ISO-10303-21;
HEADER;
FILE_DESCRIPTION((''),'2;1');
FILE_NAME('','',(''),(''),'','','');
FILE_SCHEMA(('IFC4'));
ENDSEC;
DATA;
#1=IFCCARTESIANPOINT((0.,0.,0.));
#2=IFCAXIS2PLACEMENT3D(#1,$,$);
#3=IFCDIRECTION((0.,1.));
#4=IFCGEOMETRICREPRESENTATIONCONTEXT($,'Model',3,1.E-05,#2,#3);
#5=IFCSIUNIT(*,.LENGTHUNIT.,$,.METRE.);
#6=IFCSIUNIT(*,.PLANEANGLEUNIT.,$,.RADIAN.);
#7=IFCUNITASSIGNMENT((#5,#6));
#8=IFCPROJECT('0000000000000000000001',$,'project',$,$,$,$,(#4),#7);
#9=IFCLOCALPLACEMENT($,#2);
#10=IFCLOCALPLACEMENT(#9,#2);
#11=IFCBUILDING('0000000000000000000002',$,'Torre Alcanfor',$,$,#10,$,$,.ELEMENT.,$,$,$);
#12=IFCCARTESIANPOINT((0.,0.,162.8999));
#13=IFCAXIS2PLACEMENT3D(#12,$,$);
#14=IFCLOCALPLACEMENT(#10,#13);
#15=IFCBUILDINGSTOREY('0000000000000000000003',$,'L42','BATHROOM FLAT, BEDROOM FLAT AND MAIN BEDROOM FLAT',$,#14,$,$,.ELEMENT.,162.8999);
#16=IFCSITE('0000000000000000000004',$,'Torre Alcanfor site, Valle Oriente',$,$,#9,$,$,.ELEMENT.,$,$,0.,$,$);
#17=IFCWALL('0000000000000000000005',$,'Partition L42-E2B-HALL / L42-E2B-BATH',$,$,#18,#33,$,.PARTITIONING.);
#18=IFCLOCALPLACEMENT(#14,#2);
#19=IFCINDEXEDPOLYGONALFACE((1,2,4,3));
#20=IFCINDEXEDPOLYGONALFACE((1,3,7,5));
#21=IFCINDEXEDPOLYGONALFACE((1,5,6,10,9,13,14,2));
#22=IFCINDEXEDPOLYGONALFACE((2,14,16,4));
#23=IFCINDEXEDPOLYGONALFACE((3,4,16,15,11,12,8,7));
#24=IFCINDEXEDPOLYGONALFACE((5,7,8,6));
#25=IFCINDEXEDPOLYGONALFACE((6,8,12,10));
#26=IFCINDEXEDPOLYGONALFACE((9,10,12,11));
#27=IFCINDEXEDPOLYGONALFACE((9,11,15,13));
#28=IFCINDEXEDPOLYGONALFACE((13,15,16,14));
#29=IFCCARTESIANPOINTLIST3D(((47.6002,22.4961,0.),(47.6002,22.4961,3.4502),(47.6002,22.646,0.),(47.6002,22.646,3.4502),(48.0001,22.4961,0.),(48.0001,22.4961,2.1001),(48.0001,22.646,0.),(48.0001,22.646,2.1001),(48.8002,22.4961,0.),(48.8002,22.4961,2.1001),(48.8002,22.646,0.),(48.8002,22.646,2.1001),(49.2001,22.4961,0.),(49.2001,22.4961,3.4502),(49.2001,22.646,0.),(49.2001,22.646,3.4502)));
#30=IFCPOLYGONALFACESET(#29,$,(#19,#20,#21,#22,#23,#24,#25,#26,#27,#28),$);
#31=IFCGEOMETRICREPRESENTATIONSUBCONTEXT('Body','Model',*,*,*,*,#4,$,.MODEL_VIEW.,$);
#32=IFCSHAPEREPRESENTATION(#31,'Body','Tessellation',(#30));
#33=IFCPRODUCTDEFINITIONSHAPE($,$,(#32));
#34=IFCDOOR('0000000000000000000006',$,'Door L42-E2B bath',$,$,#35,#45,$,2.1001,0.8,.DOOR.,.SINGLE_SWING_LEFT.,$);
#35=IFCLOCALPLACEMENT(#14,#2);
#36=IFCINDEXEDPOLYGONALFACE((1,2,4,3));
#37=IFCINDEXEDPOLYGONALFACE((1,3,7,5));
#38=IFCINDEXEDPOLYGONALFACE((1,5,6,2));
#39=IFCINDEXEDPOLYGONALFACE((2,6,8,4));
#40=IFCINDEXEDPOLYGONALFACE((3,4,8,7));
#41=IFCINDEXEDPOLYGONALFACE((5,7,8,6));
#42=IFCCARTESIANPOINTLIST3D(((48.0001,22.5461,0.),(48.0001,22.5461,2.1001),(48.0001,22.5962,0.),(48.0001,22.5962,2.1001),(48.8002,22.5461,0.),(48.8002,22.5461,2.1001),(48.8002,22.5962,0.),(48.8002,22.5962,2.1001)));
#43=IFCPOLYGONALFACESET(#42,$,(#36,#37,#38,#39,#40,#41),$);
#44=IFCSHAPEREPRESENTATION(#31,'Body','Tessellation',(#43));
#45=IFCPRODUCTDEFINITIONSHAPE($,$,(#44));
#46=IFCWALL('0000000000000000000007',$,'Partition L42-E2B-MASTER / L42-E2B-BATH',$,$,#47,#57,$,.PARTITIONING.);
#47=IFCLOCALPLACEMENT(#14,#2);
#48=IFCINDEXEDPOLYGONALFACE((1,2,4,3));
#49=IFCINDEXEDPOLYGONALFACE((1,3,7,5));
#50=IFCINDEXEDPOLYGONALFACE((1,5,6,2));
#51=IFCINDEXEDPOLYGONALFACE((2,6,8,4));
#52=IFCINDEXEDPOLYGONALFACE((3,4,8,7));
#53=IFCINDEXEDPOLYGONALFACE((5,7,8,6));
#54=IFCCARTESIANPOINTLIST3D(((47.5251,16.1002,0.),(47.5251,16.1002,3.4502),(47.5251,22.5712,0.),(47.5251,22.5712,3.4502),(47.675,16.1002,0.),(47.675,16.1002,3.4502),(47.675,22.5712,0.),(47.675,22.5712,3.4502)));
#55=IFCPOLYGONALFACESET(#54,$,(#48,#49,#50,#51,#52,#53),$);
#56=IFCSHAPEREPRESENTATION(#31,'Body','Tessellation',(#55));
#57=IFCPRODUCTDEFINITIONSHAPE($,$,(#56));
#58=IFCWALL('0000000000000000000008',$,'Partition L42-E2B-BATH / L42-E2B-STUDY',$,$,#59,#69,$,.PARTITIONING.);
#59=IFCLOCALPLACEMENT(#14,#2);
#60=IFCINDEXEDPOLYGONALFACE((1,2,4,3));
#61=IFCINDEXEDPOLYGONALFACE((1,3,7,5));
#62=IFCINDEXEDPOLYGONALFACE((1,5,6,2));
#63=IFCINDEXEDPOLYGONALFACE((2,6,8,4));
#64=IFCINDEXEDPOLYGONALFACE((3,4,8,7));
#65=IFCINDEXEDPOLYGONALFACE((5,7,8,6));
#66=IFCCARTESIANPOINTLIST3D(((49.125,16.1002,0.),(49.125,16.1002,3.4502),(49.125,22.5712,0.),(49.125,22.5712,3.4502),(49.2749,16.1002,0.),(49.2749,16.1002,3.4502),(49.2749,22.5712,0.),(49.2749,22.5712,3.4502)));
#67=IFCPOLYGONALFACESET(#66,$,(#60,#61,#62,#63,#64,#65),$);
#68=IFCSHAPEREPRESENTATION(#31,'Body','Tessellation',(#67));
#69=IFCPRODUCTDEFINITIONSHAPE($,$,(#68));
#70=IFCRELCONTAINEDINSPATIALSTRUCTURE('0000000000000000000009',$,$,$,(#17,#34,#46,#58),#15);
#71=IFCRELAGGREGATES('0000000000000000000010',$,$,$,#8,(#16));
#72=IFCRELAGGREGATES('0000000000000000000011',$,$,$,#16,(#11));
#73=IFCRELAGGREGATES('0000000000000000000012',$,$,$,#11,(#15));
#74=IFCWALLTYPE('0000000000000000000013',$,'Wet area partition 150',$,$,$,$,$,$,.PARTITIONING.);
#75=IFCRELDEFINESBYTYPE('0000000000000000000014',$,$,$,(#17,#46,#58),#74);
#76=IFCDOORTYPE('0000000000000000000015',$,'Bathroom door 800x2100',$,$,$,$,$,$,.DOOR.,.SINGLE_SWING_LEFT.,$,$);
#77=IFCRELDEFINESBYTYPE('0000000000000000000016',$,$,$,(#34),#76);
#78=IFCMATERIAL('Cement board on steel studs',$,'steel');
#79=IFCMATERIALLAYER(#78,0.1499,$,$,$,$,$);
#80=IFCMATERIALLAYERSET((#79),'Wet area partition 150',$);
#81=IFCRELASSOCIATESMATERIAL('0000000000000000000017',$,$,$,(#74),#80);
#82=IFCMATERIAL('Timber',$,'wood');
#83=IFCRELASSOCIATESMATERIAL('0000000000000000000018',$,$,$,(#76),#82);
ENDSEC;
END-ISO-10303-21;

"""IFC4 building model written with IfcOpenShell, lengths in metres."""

from ifc_helpers import new_model, si_unit, direction, frame, frame_2d, origin, place, context, subcontext, project, spatial, rectangle, extrude, material, layer, layer_set, type_object, element, fill, save


model = new_model("IFC4")

# Units and contexts
model_context = context("Model", 3, precision=1e-05, world=origin(), true_north=direction((0.0, 1.0)))
body_context = subcontext(model_context, "Body", "Model", "MODEL_VIEW")
ifc_project = project(units=[si_unit("LENGTHUNIT", "METRE"), si_unit("PLANEANGLEUNIT", "RADIAN")], contexts=[model_context])

# Site, building, storey
site_placement = place(None, origin())
site = spatial("IfcSite", under=ifc_project, at=site_placement, Name="Torre Alcanfor site, Valle Oriente", CompositionType="ELEMENT", RefElevation=0.0)
building_placement = place(site_placement, origin())
building = spatial("IfcBuilding", under=site, at=building_placement, Name="Torre Alcanfor", CompositionType="ELEMENT")
storey_placement = place(building_placement, frame((0.0, 0.0, 162.8999)))
storey = spatial("IfcBuildingStorey", under=building, at=storey_placement, Name="L42", Description="BATHROOM FLAT, BEDROOM FLAT AND MAIN BEDROOM FLAT", CompositionType="ELEMENT", Elevation=162.8999)

# Wall, opening, door
ifc_material_1 = material(Name="Cement board on steel studs", Category="steel")
ifc_layer_1 = layer(ifc_material_1, 0.1499)
ifc_layer_set_1 = layer_set([ifc_layer_1], Name="Wet area partition 150")
wall_type_1 = type_object("IfcWallType", Name="Wet area partition 150", PredefinedType="PARTITIONING", material=ifc_layer_set_1)
wall_1_placement = place(storey_placement, frame((49.2, 22.571, 0.0), z_axis=(0.0, 0.0, 1.0), x_axis=(-1.0, 0.0, 0.0)))
wall_1 = element("IfcWall", 1, at=wall_1_placement, inside=storey, type_object=wall_type_1, Name="Partition L42-E2B-HALL / L42-E2B-BATH", PredefinedType="PARTITIONING", context=body_context, shape_type="SweptSolid", body=[
    extrude(rectangle(XDim=1.5999, YDim=0.1499, at=frame_2d((0.7998, 0.0))), origin(), (0.0, 0.0, 1.0), 3.4502),
])
opening_1_placement = place(wall_1_placement, frame((0.3999, 0.0, 0.0)))
opening_1 = element("IfcOpeningElement", 2, at=opening_1_placement, cuts=wall_1, PredefinedType="OPENING", context=body_context, shape_type="SweptSolid", body=[
    extrude(rectangle(XDim=0.8, YDim=2.1001, at=frame_2d((0.3999, 1.05))), frame((0.0, 0.085, 0.0), z_axis=(0.0, -1.0, 0.0), x_axis=(1.0, 0.0, 0.0)), (0.0, 0.0, 1.0), 0.1699),
])
ifc_material_2 = material(Name="Timber", Category="wood")
door_type_1 = type_object("IfcDoorType", Name="Bathroom door 800x2100", OperationType="SINGLE_SWING_LEFT", PredefinedType="DOOR", material=ifc_material_2)
door_1_placement = place(opening_1_placement, origin())
door_1 = element("IfcDoor", 3, at=door_1_placement, inside=storey, type_object=door_type_1, Name="Door L42-E2B bath", OperationType="SINGLE_SWING_LEFT", OverallHeight=2.1001, OverallWidth=0.8, PredefinedType="DOOR", context=body_context, shape_type="SweptSolid", body=[
    extrude(rectangle(XDim=0.8, YDim=2.1001, at=frame_2d((0.3999, 1.05))), frame((0.0, 0.0249, 0.0), z_axis=(0.0, -1.0, 0.0), x_axis=(1.0, 0.0, 0.0)), (0.0, 0.0, 1.0), 0.05),
])
fill(opening_1, door_1)

# Walls
for number, where, z_axis, x_axis, name in (
    (4, (47.6001, 22.571, 0.0), (0.0, 0.0, 1.0), (0.0, -1.0, 0.0), "Partition L42-E2B-MASTER / L42-E2B-BATH"),
    (5, (49.2, 22.571, 0.0), (0.0, 0.0, 1.0), (0.0, -1.0, 0.0), "Partition L42-E2B-BATH / L42-E2B-STUDY"),
):
    element("IfcWall", number, at=place(storey_placement, frame(where, z_axis=z_axis, x_axis=x_axis)), inside=storey, type_object=wall_type_1, Name=name, PredefinedType="PARTITIONING", context=body_context, shape_type="SweptSolid", body=[
        extrude(rectangle(XDim=6.4709, YDim=0.1499, at=frame_2d((3.2354, 0.0))), origin(), (0.0, 0.0, 1.0), 3.4502),
    ])

save(model, "model.ifc")
